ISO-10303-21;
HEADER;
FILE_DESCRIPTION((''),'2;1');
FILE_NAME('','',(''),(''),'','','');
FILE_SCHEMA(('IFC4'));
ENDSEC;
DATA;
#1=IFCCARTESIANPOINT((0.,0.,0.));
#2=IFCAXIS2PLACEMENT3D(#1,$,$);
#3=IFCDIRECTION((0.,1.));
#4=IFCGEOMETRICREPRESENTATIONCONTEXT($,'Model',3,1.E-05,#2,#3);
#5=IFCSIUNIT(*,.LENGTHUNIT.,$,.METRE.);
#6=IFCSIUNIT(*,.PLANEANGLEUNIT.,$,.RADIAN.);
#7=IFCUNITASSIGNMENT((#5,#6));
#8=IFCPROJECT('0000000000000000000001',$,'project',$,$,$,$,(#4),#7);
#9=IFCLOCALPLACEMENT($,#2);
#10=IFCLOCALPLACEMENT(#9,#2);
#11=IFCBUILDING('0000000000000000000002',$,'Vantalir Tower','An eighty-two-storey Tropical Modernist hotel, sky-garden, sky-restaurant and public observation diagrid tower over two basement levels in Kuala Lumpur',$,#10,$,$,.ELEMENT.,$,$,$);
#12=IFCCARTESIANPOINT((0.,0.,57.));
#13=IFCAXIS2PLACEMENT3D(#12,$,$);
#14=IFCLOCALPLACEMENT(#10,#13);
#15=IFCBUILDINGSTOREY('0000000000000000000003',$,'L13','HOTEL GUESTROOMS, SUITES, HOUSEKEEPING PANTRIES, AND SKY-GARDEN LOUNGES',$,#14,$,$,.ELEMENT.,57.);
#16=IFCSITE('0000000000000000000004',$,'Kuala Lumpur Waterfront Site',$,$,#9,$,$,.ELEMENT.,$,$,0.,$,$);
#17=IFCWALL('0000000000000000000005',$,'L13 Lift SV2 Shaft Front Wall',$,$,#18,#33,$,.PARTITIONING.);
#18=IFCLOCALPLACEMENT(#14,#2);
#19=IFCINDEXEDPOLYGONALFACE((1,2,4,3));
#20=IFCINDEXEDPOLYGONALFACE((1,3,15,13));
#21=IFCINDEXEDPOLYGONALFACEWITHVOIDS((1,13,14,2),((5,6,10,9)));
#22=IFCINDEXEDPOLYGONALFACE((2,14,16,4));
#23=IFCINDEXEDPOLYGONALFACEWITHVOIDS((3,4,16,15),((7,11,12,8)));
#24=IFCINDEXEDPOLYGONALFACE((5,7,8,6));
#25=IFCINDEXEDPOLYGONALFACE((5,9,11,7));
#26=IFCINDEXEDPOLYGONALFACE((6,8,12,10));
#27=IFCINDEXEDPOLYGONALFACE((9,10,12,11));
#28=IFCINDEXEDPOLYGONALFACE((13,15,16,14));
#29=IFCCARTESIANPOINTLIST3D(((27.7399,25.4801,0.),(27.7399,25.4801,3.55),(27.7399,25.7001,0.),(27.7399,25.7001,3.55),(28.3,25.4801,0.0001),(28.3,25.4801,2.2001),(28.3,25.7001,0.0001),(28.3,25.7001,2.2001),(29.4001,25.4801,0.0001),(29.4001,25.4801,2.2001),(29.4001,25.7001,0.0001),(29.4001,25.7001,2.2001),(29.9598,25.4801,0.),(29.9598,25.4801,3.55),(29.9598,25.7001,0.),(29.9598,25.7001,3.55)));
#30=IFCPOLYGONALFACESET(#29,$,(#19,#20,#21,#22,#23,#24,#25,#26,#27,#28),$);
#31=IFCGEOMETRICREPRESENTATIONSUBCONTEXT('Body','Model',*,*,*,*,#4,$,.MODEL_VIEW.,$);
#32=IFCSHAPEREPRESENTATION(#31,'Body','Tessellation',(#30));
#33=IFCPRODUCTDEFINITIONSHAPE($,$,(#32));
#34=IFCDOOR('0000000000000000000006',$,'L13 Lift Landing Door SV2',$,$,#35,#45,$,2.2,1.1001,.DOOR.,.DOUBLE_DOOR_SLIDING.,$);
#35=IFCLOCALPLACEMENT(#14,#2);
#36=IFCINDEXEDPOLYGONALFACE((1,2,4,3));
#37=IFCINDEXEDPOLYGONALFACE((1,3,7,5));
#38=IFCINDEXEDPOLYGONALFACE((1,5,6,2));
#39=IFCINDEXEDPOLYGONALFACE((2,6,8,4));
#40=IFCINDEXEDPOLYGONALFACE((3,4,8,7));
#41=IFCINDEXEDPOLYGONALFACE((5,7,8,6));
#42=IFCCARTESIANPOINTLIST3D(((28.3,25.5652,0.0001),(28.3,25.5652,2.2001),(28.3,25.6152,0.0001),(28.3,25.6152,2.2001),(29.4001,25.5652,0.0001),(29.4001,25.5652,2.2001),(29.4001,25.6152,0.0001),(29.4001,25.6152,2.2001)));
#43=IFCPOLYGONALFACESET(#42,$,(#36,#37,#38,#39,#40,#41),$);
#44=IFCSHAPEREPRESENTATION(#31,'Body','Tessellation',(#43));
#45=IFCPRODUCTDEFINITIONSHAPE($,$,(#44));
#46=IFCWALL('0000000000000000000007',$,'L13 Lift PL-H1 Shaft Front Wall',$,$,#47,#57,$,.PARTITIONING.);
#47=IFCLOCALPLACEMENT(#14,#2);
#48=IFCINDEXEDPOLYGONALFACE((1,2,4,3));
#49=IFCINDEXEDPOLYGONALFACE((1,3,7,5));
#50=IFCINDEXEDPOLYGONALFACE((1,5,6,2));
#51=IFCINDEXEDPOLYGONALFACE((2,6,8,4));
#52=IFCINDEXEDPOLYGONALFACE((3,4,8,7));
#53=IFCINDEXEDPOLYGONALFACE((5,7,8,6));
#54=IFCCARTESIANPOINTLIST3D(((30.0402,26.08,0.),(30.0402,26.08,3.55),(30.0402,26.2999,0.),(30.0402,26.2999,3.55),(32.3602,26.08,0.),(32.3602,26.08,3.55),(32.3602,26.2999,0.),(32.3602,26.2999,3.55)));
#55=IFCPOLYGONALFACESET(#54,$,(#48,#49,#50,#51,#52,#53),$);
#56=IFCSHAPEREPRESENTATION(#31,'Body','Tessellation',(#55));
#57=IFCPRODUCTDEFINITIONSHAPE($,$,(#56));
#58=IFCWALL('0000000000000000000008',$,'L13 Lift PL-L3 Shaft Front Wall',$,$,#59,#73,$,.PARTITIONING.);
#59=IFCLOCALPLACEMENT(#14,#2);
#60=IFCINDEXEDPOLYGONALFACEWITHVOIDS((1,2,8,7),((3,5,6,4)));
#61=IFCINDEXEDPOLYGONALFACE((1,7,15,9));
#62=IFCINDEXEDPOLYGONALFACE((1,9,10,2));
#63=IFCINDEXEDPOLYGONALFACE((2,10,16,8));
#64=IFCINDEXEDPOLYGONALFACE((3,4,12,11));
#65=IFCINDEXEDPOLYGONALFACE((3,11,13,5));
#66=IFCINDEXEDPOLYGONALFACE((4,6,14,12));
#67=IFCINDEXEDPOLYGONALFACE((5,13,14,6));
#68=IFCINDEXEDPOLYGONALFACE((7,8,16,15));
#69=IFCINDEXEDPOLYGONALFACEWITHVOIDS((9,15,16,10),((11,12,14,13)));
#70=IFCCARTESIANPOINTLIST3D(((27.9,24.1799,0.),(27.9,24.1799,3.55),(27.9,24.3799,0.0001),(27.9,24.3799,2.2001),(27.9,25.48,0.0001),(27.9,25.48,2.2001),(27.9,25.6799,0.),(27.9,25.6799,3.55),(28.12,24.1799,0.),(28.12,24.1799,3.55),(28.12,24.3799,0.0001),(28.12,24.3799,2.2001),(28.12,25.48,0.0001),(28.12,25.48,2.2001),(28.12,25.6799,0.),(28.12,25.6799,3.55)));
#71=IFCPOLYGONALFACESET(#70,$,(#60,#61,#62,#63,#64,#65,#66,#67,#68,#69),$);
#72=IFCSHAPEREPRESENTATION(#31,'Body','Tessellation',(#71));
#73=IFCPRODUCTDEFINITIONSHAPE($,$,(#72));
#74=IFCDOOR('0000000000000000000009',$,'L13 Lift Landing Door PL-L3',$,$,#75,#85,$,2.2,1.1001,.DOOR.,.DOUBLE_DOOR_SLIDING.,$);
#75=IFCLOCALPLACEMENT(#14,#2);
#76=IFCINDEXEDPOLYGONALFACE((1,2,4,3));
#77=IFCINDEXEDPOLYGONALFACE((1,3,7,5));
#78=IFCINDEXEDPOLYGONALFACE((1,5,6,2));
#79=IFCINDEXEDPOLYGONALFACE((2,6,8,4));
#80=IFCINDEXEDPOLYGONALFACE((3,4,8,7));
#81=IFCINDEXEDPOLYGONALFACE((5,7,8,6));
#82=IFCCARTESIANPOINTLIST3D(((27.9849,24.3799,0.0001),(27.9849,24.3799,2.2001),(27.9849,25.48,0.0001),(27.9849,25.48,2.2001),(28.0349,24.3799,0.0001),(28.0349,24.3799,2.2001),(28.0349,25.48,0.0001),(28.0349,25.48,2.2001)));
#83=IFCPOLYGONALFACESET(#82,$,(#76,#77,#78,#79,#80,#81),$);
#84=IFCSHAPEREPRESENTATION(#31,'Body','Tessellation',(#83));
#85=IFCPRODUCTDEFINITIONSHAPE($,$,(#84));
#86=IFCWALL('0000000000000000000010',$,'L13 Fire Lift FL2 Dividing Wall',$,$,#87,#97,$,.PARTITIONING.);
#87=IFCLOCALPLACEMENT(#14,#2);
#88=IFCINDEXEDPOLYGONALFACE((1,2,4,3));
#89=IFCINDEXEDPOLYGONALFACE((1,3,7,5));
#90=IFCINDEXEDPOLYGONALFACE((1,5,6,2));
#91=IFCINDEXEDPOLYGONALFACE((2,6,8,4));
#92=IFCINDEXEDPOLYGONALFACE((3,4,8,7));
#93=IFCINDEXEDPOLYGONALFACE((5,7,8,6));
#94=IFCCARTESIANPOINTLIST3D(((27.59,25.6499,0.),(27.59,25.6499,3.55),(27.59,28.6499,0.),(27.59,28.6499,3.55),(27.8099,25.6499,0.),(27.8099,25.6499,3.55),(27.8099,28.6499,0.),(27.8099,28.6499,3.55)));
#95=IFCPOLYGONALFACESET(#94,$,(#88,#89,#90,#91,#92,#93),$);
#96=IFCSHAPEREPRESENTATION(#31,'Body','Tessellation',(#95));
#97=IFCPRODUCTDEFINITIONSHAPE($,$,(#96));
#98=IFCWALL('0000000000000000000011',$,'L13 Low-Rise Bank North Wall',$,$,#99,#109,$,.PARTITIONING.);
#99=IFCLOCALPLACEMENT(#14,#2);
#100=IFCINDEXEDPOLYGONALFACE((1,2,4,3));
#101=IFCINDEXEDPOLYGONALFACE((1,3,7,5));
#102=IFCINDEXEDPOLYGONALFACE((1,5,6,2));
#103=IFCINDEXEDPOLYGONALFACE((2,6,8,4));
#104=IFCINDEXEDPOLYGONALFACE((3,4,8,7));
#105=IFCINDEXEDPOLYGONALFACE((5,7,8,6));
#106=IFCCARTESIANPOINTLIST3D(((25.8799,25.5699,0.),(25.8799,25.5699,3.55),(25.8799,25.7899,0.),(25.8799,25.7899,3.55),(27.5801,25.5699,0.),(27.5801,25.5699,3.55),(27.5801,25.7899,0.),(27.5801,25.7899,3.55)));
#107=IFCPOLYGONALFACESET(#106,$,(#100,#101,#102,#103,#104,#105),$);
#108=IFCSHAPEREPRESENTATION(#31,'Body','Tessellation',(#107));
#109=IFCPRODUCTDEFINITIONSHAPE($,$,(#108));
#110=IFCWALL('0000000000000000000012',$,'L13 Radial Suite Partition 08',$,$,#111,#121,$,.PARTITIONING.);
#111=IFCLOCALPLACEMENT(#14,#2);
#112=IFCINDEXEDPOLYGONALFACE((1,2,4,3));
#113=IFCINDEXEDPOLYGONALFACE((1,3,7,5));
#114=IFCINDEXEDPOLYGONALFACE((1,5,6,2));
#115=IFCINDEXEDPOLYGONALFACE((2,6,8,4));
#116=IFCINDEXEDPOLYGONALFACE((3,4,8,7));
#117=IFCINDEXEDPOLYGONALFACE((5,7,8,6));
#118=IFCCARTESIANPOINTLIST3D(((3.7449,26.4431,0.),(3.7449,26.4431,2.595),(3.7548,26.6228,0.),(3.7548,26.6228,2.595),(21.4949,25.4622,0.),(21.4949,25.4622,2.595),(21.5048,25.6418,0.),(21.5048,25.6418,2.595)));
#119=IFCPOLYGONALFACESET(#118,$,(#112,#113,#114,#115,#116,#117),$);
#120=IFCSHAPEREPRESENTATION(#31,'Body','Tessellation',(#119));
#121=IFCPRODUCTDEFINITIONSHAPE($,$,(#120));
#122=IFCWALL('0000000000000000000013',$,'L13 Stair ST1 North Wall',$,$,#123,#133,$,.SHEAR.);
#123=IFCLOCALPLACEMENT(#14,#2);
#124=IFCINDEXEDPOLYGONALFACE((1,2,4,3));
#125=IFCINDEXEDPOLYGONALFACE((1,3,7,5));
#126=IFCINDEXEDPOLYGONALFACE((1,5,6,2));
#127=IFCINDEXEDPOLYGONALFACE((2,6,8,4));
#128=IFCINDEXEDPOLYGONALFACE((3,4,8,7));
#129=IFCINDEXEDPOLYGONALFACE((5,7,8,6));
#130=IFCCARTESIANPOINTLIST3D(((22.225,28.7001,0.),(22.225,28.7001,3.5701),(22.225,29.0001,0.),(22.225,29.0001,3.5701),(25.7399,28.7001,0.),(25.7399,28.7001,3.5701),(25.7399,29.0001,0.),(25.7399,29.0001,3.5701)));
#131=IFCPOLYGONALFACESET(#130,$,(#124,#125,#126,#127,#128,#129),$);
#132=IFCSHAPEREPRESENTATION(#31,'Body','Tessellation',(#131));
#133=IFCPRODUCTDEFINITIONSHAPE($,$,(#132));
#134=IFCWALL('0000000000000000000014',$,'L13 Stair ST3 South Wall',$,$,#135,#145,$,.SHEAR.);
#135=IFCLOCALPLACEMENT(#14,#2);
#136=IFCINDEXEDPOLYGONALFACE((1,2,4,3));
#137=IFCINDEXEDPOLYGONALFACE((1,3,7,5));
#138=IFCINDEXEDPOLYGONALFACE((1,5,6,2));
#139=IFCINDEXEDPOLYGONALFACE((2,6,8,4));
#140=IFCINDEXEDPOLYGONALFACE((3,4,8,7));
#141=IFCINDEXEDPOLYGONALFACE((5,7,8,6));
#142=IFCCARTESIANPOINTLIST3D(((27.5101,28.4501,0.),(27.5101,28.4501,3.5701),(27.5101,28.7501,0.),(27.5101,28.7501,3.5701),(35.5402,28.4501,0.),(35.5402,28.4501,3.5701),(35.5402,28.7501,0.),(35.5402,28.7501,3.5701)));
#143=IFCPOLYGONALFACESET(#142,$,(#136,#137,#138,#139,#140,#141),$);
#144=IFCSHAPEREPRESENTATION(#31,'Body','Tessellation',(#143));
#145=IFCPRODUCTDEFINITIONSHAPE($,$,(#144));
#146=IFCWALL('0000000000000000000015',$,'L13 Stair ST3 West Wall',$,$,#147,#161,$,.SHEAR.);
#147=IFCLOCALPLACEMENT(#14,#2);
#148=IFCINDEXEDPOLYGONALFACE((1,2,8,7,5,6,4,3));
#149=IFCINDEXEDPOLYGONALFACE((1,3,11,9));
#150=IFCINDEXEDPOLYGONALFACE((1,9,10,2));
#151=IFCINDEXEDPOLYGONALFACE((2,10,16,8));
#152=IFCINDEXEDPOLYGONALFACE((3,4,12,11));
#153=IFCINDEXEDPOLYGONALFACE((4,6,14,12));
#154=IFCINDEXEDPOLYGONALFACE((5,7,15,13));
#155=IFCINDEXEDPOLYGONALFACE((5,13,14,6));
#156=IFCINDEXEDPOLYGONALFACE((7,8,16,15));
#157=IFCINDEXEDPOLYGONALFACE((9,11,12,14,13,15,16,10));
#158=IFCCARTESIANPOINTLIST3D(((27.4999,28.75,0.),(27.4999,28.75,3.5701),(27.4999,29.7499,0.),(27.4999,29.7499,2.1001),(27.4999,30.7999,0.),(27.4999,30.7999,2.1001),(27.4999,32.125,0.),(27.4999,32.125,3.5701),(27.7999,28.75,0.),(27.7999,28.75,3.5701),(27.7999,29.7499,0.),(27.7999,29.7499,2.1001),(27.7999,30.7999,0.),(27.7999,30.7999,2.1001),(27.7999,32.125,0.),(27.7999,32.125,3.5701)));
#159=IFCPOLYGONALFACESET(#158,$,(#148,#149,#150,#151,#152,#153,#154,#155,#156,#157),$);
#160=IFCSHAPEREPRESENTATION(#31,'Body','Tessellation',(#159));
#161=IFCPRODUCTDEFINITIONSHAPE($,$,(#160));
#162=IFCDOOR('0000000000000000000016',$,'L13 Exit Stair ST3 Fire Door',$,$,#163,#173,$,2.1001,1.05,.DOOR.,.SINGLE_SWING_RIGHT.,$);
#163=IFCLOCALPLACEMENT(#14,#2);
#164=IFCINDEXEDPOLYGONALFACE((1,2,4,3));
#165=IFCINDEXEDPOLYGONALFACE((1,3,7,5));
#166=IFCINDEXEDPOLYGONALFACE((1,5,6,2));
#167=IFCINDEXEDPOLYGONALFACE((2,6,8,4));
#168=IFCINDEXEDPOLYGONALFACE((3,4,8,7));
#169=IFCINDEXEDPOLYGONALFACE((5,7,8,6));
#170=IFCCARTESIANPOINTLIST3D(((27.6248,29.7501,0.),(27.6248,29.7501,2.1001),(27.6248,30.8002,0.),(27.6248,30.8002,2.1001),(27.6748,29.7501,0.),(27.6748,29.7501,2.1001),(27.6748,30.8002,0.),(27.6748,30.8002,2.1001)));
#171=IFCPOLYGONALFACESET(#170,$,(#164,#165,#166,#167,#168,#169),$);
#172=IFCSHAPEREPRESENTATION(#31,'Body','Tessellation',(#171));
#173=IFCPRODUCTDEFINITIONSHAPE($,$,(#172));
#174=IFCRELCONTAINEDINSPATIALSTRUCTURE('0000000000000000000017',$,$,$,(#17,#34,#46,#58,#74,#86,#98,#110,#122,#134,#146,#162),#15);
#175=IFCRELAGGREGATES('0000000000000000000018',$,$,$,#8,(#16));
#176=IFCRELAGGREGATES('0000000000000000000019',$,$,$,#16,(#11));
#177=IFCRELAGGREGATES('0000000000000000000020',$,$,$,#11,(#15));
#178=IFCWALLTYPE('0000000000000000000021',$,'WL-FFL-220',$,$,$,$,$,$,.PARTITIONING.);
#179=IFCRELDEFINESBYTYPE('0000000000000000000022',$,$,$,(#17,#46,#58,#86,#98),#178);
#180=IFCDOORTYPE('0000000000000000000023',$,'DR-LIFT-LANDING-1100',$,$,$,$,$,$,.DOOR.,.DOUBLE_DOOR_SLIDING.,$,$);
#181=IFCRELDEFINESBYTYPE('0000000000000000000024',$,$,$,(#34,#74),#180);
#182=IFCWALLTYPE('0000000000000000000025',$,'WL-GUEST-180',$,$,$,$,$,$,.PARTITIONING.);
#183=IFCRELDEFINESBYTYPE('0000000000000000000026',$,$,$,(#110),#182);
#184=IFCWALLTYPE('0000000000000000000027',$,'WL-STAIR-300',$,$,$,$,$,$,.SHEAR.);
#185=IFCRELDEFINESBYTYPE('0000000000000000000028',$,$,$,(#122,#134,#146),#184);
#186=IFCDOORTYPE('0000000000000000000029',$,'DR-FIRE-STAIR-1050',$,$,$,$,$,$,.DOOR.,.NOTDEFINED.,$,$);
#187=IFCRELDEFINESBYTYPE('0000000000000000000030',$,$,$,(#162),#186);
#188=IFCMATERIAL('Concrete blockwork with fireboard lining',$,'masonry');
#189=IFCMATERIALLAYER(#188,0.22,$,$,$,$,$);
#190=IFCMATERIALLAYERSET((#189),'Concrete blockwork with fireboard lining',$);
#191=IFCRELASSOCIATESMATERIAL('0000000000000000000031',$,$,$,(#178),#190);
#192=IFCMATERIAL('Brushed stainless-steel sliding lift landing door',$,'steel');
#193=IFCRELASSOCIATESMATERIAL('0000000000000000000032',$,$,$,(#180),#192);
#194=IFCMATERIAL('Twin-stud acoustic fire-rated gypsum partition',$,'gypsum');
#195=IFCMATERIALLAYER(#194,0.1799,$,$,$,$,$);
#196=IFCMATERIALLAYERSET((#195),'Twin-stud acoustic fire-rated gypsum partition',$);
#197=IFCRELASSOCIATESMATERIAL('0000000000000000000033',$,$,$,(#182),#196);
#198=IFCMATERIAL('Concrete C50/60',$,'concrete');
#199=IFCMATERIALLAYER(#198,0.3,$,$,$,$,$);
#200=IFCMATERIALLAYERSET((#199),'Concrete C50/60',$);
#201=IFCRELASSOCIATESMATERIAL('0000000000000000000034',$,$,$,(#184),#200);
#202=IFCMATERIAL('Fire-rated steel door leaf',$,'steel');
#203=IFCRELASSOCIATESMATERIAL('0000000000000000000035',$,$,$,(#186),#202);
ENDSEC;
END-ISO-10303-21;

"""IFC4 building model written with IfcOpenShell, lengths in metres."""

from ifc_helpers import new_model, si_unit, direction, frame, frame_2d, origin, place, context, subcontext, project, spatial, rectangle, extrude, material, layer, layer_set, type_object, element, fill, save


model = new_model("IFC4")

# Units and contexts
model_context = context("Model", 3, precision=1e-05, world=origin(), true_north=direction((0.0, 1.0)))
body_context = subcontext(model_context, "Body", "Model", "MODEL_VIEW")
ifc_project = project(units=[si_unit("LENGTHUNIT", "METRE"), si_unit("PLANEANGLEUNIT", "RADIAN")], contexts=[model_context])

# Site, building, storey
site_placement = place(None, origin())
site = spatial("IfcSite", under=ifc_project, at=site_placement, Name="Kuala Lumpur Waterfront Site", CompositionType="ELEMENT", RefElevation=0.0)
building_placement = place(site_placement, origin())
building = spatial("IfcBuilding", under=site, at=building_placement, Name="Vantalir Tower", Description="An eighty-two-storey Tropical Modernist hotel, sky-garden, sky-restaurant and public observation diagrid tower over two basement levels in Kuala Lumpur", CompositionType="ELEMENT")
storey_placement = place(building_placement, frame((0.0, 0.0, 57.0)))
storey = spatial("IfcBuildingStorey", under=building, at=storey_placement, Name="L13", Description="HOTEL GUESTROOMS, SUITES, HOUSEKEEPING PANTRIES, AND SKY-GARDEN LOUNGES", CompositionType="ELEMENT", Elevation=57.0)

# Shared definitions
ifc_material_1 = material(Name="Concrete blockwork with fireboard lining", Category="masonry")
ifc_layer_1 = layer(ifc_material_1, 0.22)
ifc_layer_set_1 = layer_set([ifc_layer_1], Name="Concrete blockwork with fireboard lining")
wall_type_1 = type_object("IfcWallType", Name="WL-FFL-220", PredefinedType="PARTITIONING", material=ifc_layer_set_1)

# Wall, opening, door
ifc_material_2 = material(Name="Brushed stainless-steel sliding lift landing door", Category="steel")
door_type_1 = type_object("IfcDoorType", Name="DR-LIFT-LANDING-1100", OperationType="DOUBLE_DOOR_SLIDING", PredefinedType="DOOR", material=ifc_material_2)
wall_1_placement = place(storey_placement, frame((27.74, 25.5901, 0.0), z_axis=(0.0, 0.0, 1.0), x_axis=(1.0, 0.0, 0.0)))
wall_1 = element("IfcWall", 1, at=wall_1_placement, inside=storey, type_object=wall_type_1, Name="L13 Lift SV2 Shaft Front Wall", PredefinedType="PARTITIONING", context=body_context, shape_type="SweptSolid", body=[
    extrude(rectangle(XDim=2.22, YDim=0.22, at=frame_2d((1.1099, 0.0))), origin(), (0.0, 0.0, 1.0), 3.55),
])
opening_1_placement = place(wall_1_placement, frame((0.5601, 0.0, 0.0)))
opening_1 = element("IfcOpeningElement", 2, at=opening_1_placement, cuts=wall_1, PredefinedType="OPENING", context=body_context, shape_type="SweptSolid", body=[
    extrude(rectangle(XDim=1.1001, YDim=2.2, at=frame_2d((0.55, 1.1001))), frame((0.0, 0.1199, 0.0), z_axis=(0.0, -1.0, 0.0), x_axis=(1.0, 0.0, 0.0)), (0.0, 0.0, 1.0), 0.24),
])
door_1_placement = place(opening_1_placement, frame((1.1001, 0.0, 0.0), z_axis=(0.0, 0.0, 1.0), x_axis=(-1.0, 0.0, 0.0)))
door_1 = element("IfcDoor", 3, at=door_1_placement, inside=storey, type_object=door_type_1, Name="L13 Lift Landing Door SV2", OperationType="DOUBLE_DOOR_SLIDING", OverallHeight=2.2, OverallWidth=1.1001, PredefinedType="DOOR", context=body_context, shape_type="SweptSolid", body=[
    extrude(rectangle(XDim=1.1001, YDim=2.2, at=frame_2d((0.55, 1.1001))), frame((0.0, 0.0249, 0.0), z_axis=(0.0, -1.0, 0.0), x_axis=(1.0, 0.0, 0.0)), (0.0, 0.0, 1.0), 0.05),
])
fill(opening_1, door_1)

# Wall
wall_2_placement = place(storey_placement, frame((30.04, 26.1899, 0.0), z_axis=(0.0, 0.0, 1.0), x_axis=(1.0, 0.0, 0.0)))
element("IfcWall", 4, at=wall_2_placement, inside=storey, type_object=wall_type_1, Name="L13 Lift PL-H1 Shaft Front Wall", PredefinedType="PARTITIONING", context=body_context, shape_type="SweptSolid", body=[
    extrude(rectangle(XDim=2.3201, YDim=0.22, at=frame_2d((1.1602, 0.0))), origin(), (0.0, 0.0, 1.0), 3.55),
])

# Wall, opening, door
wall_3_placement = place(storey_placement, frame((28.01, 24.1799, 0.0), z_axis=(0.0, 0.0, 1.0), x_axis=(0.0, 1.0, 0.0)))
wall_3 = element("IfcWall", 5, at=wall_3_placement, inside=storey, type_object=wall_type_1, Name="L13 Lift PL-L3 Shaft Front Wall", PredefinedType="PARTITIONING", context=body_context, shape_type="SweptSolid", body=[
    extrude(rectangle(XDim=1.5, YDim=0.22, at=frame_2d((0.75, 0.0))), origin(), (0.0, 0.0, 1.0), 3.55),
])
opening_2_placement = place(wall_3_placement, frame((0.2, 0.0, 0.0)))
opening_2 = element("IfcOpeningElement", 6, at=opening_2_placement, cuts=wall_3, PredefinedType="OPENING", context=body_context, shape_type="SweptSolid", body=[
    extrude(rectangle(XDim=1.1001, YDim=2.2, at=frame_2d((0.55, 1.1001))), frame((0.0, 0.1199, 0.0), z_axis=(0.0, -1.0, 0.0), x_axis=(1.0, 0.0, 0.0)), (0.0, 0.0, 1.0), 0.24),
])
door_2_placement = place(opening_2_placement, frame((1.1001, 0.0, 0.0), z_axis=(0.0, 0.0, 1.0), x_axis=(-1.0, 0.0, 0.0)))
door_2 = element("IfcDoor", 7, at=door_2_placement, inside=storey, type_object=door_type_1, Name="L13 Lift Landing Door PL-L3", OperationType="DOUBLE_DOOR_SLIDING", OverallHeight=2.2, OverallWidth=1.1001, PredefinedType="DOOR", context=body_context, shape_type="SweptSolid", body=[
    extrude(rectangle(XDim=1.1001, YDim=2.2, at=frame_2d((0.55, 1.1001))), frame((0.0, 0.0249, 0.0), z_axis=(0.0, -1.0, 0.0), x_axis=(1.0, 0.0, 0.0)), (0.0, 0.0, 1.0), 0.05),
])
fill(opening_2, door_2)

# Walls
wall_4_placement = place(storey_placement, frame((27.7, 25.6499, 0.0), z_axis=(0.0, 0.0, 1.0), x_axis=(0.0, 1.0, 0.0)))
element("IfcWall", 8, at=wall_4_placement, inside=storey, type_object=wall_type_1, Name="L13 Fire Lift FL2 Dividing Wall", PredefinedType="PARTITIONING", context=body_context, shape_type="SweptSolid", body=[
    extrude(rectangle(XDim=3.0, YDim=0.22, at=frame_2d((1.5, 0.0))), origin(), (0.0, 0.0, 1.0), 3.55),
])
wall_5_placement = place(storey_placement, frame((25.8799, 25.6799, 0.0), z_axis=(0.0, 0.0, 1.0), x_axis=(1.0, 0.0, 0.0)))
element("IfcWall", 9, at=wall_5_placement, inside=storey, type_object=wall_type_1, Name="L13 Low-Rise Bank North Wall", PredefinedType="PARTITIONING", context=body_context, shape_type="SweptSolid", body=[
    extrude(rectangle(XDim=1.7002, YDim=0.22, at=frame_2d((0.8501, 0.0))), origin(), (0.0, 0.0, 1.0), 3.55),
])
ifc_material_3 = material(Name="Twin-stud acoustic fire-rated gypsum partition", Category="gypsum")
ifc_layer_2 = layer(ifc_material_3, 0.1799)
ifc_layer_set_2 = layer_set([ifc_layer_2], Name="Twin-stud acoustic fire-rated gypsum partition")
wall_type_2 = type_object("IfcWallType", Name="WL-GUEST-180", PredefinedType="PARTITIONING", material=ifc_layer_set_2)
wall_6_placement = place(storey_placement, frame((21.5, 25.552, 0.0), z_axis=(0.0, 0.0, 1.0), x_axis=(-0.998476, 0.055181, 0.0)))
element("IfcWall", 10, at=wall_6_placement, inside=storey, type_object=wall_type_2, Name="L13 Radial Suite Partition 08", PredefinedType="PARTITIONING", context=body_context, shape_type="SweptSolid", body=[
    extrude(rectangle(XDim=17.7771, YDim=0.1799, at=frame_2d((8.8887, 0.0))), origin(), (0.0, 0.0, 1.0), 2.595),
])
ifc_material_4 = material(Name="Concrete C50/60", Category="concrete")
ifc_layer_3 = layer(ifc_material_4, 0.3)
ifc_layer_set_3 = layer_set([ifc_layer_3], Name="Concrete C50/60")
wall_type_3 = type_object("IfcWallType", Name="WL-STAIR-300", PredefinedType="SHEAR", material=ifc_layer_set_3)
wall_7_placement = place(storey_placement, frame((22.2251, 28.8501, 0.0), z_axis=(0.0, 0.0, 1.0), x_axis=(1.0, 0.0, 0.0)))
element("IfcWall", 11, at=wall_7_placement, inside=storey, type_object=wall_type_3, Name="L13 Stair ST1 North Wall", PredefinedType="SHEAR", context=body_context, shape_type="SweptSolid", body=[
    extrude(rectangle(XDim=3.5149, YDim=0.3, at=frame_2d((1.7573, 0.0))), origin(), (0.0, 0.0, 1.0), 3.5701),
])
wall_8_placement = place(storey_placement, frame((27.51, 28.6001, 0.0), z_axis=(0.0, 0.0, 1.0), x_axis=(1.0, 0.0, 0.0)))
element("IfcWall", 12, at=wall_8_placement, inside=storey, type_object=wall_type_3, Name="L13 Stair ST3 South Wall", PredefinedType="SHEAR", context=body_context, shape_type="SweptSolid", body=[
    extrude(rectangle(XDim=8.03, YDim=0.3, at=frame_2d((4.0151, 0.0))), origin(), (0.0, 0.0, 1.0), 3.5701),
])

# Wall, opening, door
wall_9_placement = place(storey_placement, frame((27.6499, 28.75, 0.0), z_axis=(0.0, 0.0, 1.0), x_axis=(0.0, 1.0, 0.0)))
wall_9 = element("IfcWall", 13, at=wall_9_placement, inside=storey, type_object=wall_type_3, Name="L13 Stair ST3 West Wall", PredefinedType="SHEAR", context=body_context, shape_type="SweptSolid", body=[
    extrude(rectangle(XDim=3.375, YDim=0.3, at=frame_2d((1.6875, 0.0))), origin(), (0.0, 0.0, 1.0), 3.5701),
])
opening_3_placement = place(wall_9_placement, frame((1.0, 0.0, 0.0)))
opening_3 = element("IfcOpeningElement", 14, at=opening_3_placement, cuts=wall_9, PredefinedType="OPENING", context=body_context, shape_type="SweptSolid", body=[
    extrude(rectangle(XDim=1.05, YDim=2.1001, at=frame_2d((0.5249, 1.05))), frame((0.0, 0.1599, 0.0), z_axis=(0.0, -1.0, 0.0), x_axis=(1.0, 0.0, 0.0)), (0.0, 0.0, 1.0), 0.3201),
])
ifc_material_5 = material(Name="Fire-rated steel door leaf", Category="steel")
door_type_2 = type_object("IfcDoorType", Name="DR-FIRE-STAIR-1050", OperationType="NOTDEFINED", PredefinedType="DOOR", material=ifc_material_5)
door_3_placement = place(opening_3_placement, frame((1.05, 0.0, 0.0), z_axis=(0.0, 0.0, 1.0), x_axis=(-1.0, 0.0, 0.0)))
door_3 = element("IfcDoor", 15, at=door_3_placement, inside=storey, type_object=door_type_2, Name="L13 Exit Stair ST3 Fire Door", OperationType="SINGLE_SWING_RIGHT", OverallHeight=2.1001, OverallWidth=1.05, PredefinedType="DOOR", context=body_context, shape_type="SweptSolid", body=[
    extrude(rectangle(XDim=1.05, YDim=2.1001, at=frame_2d((0.5249, 1.05))), frame((0.0, 0.0249, 0.0), z_axis=(0.0, -1.0, 0.0), x_axis=(1.0, 0.0, 0.0)), (0.0, 0.0, 1.0), 0.05),
])
fill(opening_3, door_3)

save(model, "model.ifc")
